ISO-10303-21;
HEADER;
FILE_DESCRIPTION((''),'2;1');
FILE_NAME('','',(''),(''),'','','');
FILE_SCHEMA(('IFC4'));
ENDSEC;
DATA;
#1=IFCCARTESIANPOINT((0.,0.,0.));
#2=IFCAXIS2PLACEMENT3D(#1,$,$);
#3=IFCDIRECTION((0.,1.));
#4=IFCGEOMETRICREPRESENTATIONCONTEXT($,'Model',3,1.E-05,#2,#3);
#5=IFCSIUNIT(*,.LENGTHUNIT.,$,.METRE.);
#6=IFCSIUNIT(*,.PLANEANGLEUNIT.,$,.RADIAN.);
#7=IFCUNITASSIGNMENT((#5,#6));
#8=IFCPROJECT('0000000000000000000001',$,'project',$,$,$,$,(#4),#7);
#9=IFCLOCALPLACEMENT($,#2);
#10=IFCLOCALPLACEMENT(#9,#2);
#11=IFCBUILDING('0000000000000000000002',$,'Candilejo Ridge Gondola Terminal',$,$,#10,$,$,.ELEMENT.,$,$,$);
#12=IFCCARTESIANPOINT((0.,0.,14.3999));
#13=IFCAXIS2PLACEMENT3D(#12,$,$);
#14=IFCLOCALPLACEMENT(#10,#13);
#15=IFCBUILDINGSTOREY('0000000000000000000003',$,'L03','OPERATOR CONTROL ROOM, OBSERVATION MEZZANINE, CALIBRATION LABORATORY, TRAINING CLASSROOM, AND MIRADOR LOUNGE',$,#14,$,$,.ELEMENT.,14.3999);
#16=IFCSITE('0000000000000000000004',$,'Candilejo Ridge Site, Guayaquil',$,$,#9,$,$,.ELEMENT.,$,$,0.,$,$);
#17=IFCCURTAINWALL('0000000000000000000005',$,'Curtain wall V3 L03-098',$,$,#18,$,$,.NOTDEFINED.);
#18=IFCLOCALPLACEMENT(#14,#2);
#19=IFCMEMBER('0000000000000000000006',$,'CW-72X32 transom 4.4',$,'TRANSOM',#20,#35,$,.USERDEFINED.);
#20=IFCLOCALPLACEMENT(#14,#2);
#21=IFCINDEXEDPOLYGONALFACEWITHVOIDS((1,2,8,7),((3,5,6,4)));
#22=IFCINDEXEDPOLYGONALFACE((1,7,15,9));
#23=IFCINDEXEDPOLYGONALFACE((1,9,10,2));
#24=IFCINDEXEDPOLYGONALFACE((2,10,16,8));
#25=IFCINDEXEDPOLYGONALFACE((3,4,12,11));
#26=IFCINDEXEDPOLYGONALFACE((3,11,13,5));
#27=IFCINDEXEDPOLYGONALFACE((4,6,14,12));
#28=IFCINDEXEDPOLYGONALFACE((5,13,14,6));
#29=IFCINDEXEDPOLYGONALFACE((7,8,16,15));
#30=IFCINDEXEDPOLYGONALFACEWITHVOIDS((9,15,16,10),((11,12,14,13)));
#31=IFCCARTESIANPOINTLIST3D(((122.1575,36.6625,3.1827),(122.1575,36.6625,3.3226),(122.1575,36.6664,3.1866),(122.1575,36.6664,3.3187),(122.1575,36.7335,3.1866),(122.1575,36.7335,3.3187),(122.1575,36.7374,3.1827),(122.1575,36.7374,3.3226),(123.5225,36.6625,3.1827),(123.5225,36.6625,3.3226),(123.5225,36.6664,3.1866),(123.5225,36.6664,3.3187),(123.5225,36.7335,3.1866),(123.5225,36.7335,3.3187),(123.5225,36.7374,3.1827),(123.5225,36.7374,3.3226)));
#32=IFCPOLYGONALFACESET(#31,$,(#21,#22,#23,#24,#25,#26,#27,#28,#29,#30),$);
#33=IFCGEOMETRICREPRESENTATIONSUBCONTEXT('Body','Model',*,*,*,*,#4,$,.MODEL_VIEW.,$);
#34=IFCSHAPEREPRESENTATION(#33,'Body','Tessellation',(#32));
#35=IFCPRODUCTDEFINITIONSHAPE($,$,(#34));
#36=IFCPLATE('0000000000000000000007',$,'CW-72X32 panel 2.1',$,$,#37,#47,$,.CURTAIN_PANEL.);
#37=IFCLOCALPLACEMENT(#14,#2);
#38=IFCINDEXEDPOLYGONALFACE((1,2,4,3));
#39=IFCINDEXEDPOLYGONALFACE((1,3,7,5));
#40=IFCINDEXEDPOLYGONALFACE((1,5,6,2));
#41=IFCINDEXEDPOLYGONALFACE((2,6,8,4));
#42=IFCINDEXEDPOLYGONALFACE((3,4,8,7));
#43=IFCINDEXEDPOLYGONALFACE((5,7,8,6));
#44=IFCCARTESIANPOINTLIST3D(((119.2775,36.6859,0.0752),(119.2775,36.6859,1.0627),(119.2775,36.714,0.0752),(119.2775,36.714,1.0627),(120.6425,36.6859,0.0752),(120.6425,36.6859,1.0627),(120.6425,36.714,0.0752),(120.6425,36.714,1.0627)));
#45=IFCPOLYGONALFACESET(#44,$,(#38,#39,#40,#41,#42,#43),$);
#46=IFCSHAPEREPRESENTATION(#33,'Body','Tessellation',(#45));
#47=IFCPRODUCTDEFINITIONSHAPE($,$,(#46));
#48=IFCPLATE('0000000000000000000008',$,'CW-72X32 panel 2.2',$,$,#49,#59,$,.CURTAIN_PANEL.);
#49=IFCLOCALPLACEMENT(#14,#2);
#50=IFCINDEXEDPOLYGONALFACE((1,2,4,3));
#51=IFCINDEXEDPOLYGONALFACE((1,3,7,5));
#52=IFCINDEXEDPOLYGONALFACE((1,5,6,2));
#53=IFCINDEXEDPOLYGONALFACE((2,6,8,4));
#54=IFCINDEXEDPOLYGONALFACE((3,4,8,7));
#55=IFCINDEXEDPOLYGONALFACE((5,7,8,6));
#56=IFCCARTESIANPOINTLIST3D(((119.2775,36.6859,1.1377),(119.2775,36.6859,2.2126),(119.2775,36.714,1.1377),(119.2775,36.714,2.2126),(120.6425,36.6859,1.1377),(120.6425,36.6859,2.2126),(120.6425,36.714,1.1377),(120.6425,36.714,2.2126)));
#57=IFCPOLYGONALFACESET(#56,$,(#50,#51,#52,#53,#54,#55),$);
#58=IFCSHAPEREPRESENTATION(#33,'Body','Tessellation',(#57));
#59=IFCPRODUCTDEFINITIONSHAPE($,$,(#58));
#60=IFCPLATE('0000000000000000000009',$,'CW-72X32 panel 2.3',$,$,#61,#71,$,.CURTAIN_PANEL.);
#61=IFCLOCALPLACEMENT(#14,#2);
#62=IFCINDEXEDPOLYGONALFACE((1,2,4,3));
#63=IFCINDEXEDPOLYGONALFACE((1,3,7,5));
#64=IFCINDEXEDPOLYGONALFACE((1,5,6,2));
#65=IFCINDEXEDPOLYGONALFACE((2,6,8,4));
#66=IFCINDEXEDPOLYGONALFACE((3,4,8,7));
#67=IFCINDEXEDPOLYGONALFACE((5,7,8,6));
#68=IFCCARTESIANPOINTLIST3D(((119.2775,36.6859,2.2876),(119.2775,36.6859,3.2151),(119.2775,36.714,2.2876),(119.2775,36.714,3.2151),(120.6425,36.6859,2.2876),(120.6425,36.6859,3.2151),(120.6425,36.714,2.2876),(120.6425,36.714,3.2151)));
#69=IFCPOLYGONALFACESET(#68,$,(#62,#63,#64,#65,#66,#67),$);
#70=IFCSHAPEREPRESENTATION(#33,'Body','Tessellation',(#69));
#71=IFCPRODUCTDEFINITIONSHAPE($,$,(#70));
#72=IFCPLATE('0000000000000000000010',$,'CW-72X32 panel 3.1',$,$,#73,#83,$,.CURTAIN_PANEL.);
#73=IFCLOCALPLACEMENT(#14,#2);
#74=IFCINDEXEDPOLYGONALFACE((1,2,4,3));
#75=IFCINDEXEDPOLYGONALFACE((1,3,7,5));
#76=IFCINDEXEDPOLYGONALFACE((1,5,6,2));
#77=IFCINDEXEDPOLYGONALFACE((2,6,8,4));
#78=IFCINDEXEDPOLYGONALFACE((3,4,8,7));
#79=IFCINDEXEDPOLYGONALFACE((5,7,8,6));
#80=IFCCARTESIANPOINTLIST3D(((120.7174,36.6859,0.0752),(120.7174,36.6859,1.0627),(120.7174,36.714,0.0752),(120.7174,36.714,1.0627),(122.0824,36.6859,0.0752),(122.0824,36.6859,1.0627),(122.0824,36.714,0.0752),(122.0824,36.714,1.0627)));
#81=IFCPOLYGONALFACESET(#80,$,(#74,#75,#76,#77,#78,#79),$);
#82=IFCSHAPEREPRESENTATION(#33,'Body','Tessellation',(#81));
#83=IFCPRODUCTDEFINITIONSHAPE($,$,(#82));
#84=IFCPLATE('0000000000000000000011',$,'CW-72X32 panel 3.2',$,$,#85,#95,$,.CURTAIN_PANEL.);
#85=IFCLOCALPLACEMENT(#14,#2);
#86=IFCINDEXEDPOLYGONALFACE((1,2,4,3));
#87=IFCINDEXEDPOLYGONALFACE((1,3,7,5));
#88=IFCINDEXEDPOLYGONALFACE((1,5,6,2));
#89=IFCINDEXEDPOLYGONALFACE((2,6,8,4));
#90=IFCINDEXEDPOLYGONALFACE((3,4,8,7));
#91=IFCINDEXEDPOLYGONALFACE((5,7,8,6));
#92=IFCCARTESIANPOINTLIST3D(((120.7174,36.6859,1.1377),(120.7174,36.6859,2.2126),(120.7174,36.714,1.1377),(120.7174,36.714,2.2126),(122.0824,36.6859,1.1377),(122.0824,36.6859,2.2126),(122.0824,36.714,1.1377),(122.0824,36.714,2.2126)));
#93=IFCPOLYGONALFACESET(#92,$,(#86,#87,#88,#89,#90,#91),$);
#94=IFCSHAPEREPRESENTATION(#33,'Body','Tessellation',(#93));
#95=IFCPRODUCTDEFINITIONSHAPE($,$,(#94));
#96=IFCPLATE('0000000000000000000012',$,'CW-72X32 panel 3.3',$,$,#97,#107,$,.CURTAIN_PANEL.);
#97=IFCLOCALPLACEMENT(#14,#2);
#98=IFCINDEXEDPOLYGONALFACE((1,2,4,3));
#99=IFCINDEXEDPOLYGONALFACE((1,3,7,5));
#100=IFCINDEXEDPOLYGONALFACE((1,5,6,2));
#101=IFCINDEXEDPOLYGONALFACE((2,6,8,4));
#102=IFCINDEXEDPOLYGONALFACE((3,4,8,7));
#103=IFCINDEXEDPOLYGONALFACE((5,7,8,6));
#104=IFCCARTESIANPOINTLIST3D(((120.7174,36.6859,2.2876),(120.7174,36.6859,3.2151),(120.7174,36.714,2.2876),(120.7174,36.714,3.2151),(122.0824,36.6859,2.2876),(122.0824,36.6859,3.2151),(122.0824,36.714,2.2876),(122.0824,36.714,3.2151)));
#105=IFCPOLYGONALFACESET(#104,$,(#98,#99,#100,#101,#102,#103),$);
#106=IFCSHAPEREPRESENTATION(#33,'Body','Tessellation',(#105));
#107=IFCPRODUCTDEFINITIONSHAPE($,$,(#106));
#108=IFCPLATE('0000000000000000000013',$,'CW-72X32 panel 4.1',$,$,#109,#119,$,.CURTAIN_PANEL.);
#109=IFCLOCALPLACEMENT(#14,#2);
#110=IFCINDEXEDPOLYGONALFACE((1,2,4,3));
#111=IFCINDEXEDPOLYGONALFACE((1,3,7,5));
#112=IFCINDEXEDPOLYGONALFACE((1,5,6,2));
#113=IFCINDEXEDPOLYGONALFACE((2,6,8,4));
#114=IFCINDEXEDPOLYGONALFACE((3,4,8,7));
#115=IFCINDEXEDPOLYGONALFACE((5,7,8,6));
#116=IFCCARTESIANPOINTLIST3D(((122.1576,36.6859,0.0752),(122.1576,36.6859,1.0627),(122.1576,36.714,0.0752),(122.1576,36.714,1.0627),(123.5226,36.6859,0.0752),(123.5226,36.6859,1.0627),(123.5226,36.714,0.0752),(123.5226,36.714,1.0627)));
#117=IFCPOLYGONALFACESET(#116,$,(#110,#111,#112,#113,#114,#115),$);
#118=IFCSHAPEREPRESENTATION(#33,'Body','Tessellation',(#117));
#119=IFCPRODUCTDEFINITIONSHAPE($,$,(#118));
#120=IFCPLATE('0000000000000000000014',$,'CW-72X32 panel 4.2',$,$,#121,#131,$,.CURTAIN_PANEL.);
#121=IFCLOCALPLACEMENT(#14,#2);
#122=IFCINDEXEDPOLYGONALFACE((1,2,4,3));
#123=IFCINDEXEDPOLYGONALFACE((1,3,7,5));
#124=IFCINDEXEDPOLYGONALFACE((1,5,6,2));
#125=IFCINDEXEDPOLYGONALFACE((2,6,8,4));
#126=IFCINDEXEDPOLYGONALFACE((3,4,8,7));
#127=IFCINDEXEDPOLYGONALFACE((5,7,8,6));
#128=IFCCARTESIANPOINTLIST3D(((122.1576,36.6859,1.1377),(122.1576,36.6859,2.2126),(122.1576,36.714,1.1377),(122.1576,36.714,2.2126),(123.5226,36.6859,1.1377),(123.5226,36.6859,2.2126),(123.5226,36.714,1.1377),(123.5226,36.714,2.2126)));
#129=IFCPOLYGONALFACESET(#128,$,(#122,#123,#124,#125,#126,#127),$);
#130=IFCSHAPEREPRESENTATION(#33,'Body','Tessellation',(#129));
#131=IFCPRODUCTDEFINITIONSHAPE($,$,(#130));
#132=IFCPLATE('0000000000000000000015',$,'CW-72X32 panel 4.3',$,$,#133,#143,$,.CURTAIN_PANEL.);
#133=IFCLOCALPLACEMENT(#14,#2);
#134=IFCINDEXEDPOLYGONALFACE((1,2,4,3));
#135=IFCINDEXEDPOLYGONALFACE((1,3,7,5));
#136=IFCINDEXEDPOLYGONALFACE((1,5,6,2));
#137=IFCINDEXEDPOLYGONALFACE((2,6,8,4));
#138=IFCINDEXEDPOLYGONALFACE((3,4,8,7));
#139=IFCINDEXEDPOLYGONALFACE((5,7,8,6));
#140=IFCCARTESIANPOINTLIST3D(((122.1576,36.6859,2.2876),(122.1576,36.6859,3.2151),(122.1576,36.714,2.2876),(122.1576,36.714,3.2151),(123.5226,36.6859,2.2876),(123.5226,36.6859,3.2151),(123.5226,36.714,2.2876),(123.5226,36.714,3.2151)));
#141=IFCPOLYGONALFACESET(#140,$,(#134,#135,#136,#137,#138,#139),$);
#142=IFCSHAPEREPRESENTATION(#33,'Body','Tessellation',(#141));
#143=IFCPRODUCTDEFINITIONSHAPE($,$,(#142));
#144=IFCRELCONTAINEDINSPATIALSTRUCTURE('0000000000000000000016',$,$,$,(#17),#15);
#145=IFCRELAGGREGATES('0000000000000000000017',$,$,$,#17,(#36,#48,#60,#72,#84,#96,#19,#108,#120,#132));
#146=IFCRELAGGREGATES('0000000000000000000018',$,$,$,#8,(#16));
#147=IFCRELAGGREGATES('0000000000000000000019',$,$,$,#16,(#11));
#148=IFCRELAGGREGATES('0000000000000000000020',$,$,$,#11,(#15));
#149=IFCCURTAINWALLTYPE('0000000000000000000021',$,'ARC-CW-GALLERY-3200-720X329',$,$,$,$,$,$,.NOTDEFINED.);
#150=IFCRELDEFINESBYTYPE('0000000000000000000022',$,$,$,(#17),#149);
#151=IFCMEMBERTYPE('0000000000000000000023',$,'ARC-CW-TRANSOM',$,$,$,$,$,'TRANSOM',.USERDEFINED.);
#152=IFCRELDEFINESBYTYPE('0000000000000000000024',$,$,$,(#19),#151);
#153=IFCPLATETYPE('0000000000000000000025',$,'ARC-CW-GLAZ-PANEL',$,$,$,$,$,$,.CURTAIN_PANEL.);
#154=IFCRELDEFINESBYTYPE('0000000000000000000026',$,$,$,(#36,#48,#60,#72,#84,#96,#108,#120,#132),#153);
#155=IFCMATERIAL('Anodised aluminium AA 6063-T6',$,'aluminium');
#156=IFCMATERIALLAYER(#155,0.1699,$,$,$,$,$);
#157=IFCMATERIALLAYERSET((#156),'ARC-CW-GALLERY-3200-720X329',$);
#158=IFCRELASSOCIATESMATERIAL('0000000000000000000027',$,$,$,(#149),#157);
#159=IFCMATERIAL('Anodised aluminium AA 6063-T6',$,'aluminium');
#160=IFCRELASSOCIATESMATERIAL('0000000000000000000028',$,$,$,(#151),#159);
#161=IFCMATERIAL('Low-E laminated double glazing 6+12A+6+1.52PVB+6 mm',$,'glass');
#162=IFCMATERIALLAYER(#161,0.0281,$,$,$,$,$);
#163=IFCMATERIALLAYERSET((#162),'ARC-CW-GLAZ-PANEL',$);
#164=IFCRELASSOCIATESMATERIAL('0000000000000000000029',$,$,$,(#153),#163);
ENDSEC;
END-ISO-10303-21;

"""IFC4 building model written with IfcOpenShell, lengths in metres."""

from ifc_helpers import new_model, si_unit, direction, frame, origin, origin_2d, place, context, subcontext, project, spatial, rectangle, hollow_rectangle, extrude, material, layer, layer_set, material_profile, profile_set, type_object, element, aggregate, save


model = new_model("IFC4")

# Units and contexts
model_context = context("Model", 3, precision=1e-05, world=origin(), true_north=direction((0.0, 1.0)))
body_context = subcontext(model_context, "Body", "Model", "MODEL_VIEW")
ifc_project = project(units=[si_unit("LENGTHUNIT", "METRE"), si_unit("PLANEANGLEUNIT", "RADIAN")], contexts=[model_context])

# Site, building, storey
site_placement = place(None, origin())
site = spatial("IfcSite", under=ifc_project, at=site_placement, Name="Candilejo Ridge Site, Guayaquil", CompositionType="ELEMENT", RefElevation=0.0)
building_placement = place(site_placement, origin())
building = spatial("IfcBuilding", under=site, at=building_placement, Name="Candilejo Ridge Gondola Terminal", CompositionType="ELEMENT")
storey_placement = place(building_placement, frame((0.0, 0.0, 14.3999)))
storey = spatial("IfcBuildingStorey", under=building, at=storey_placement, Name="L03", Description="OPERATOR CONTROL ROOM, OBSERVATION MEZZANINE, CALIBRATION LABORATORY, TRAINING CLASSROOM, AND MIRADOR LOUNGE", CompositionType="ELEMENT", Elevation=14.3999)

# Curtain wall, member, plates
ifc_material_1 = material(Name="Anodised aluminium AA 6063-T6", Category="aluminium")
ifc_layer_1 = layer(ifc_material_1, 0.1699)
ifc_layer_set_1 = layer_set([ifc_layer_1], Name="ARC-CW-GALLERY-3200-720X329")
curtain_wall_type = type_object("IfcCurtainWallType", Name="ARC-CW-GALLERY-3200-720X329", PredefinedType="NOTDEFINED", material=ifc_layer_set_1)
curtain_wall_placement = place(storey_placement, origin())
curtain_wall = element("IfcCurtainWall", 1, at=curtain_wall_placement, inside=storey, type_object=curtain_wall_type, Name="Curtain wall V3 L03-098", PredefinedType="NOTDEFINED")
ifc_material_2 = material(Name="Anodised aluminium AA 6063-T6", Category="aluminium")
ifc_material_profile_1 = material_profile(ifc_material_2, hollow_rectangle(XDim=0.075, YDim=0.1399, WallThickness=0.0039, at=origin_2d()))
ifc_profile_set_1 = profile_set([ifc_material_profile_1], Name="Anodised aluminium AA 6063-T6")
member_type_1 = type_object("IfcMemberType", Name="ARC-CW-TRANSOM", ElementType="TRANSOM", PredefinedType="USERDEFINED", material=ifc_profile_set_1)
member_1_placement = place(storey_placement, frame((122.1575, 36.7, 3.2527), z_axis=(1.0, 0.0, 0.0), x_axis=(0.0, 1.0, 0.0)))
member_1 = element("IfcMember", 2, at=member_1_placement, type_object=member_type_1, Name="CW-72X32 transom 4.4", ObjectType="TRANSOM", PredefinedType="USERDEFINED", context=body_context, shape_type="SweptSolid", body=[
    extrude(hollow_rectangle(XDim=0.075, YDim=0.1399, WallThickness=0.0039, at=origin_2d()), origin(), (0.0, 0.0, 1.0), 1.365),
])
ifc_material_3 = material(Name="Low-E laminated double glazing 6+12A+6+1.52PVB+6 mm", Category="glass")
ifc_layer_2 = layer(ifc_material_3, 0.0281)
ifc_layer_set_2 = layer_set([ifc_layer_2], Name="ARC-CW-GLAZ-PANEL")
plate_type = type_object("IfcPlateType", Name="ARC-CW-GLAZ-PANEL", PredefinedType="CURTAIN_PANEL", material=ifc_layer_set_2)
plate_1_placement = place(storey_placement, frame((119.96, 36.7, 0.0752), z_axis=(0.0, 0.0, 1.0), x_axis=(1.0, 0.0, 0.0)))
plate_1 = element("IfcPlate", 3, at=plate_1_placement, type_object=plate_type, Name="CW-72X32 panel 2.1", PredefinedType="CURTAIN_PANEL", context=body_context, shape_type="SweptSolid", body=[
    extrude(rectangle(XDim=1.365, YDim=0.0281, at=origin_2d()), origin(), (0.0, 0.0, 1.0), 0.9875),
])
plate_2_placement = place(storey_placement, frame((119.96, 36.7, 1.1377), z_axis=(0.0, 0.0, 1.0), x_axis=(1.0, 0.0, 0.0)))
plate_2 = element("IfcPlate", 4, at=plate_2_placement, type_object=plate_type, Name="CW-72X32 panel 2.2", PredefinedType="CURTAIN_PANEL", context=body_context, shape_type="SweptSolid", body=[
    extrude(rectangle(XDim=1.365, YDim=0.0281, at=origin_2d()), origin(), (0.0, 0.0, 1.0), 1.075),
])
plate_3_placement = place(storey_placement, frame((119.96, 36.7, 2.2876), z_axis=(0.0, 0.0, 1.0), x_axis=(1.0, 0.0, 0.0)))
plate_3 = element("IfcPlate", 5, at=plate_3_placement, type_object=plate_type, Name="CW-72X32 panel 2.3", PredefinedType="CURTAIN_PANEL", context=body_context, shape_type="SweptSolid", body=[
    extrude(rectangle(XDim=1.365, YDim=0.0281, at=origin_2d()), origin(), (0.0, 0.0, 1.0), 0.9275),
])
plate_4_placement = place(storey_placement, frame((121.3999, 36.7, 0.0752), z_axis=(0.0, 0.0, 1.0), x_axis=(1.0, 0.0, 0.0)))
plate_4 = element("IfcPlate", 6, at=plate_4_placement, type_object=plate_type, Name="CW-72X32 panel 3.1", PredefinedType="CURTAIN_PANEL", context=body_context, shape_type="SweptSolid", body=[
    extrude(rectangle(XDim=1.365, YDim=0.0281, at=origin_2d()), origin(), (0.0, 0.0, 1.0), 0.9875),
])
plate_5_placement = place(storey_placement, frame((121.3999, 36.7, 1.1377), z_axis=(0.0, 0.0, 1.0), x_axis=(1.0, 0.0, 0.0)))
plate_5 = element("IfcPlate", 7, at=plate_5_placement, type_object=plate_type, Name="CW-72X32 panel 3.2", PredefinedType="CURTAIN_PANEL", context=body_context, shape_type="SweptSolid", body=[
    extrude(rectangle(XDim=1.365, YDim=0.0281, at=origin_2d()), origin(), (0.0, 0.0, 1.0), 1.075),
])
plate_6_placement = place(storey_placement, frame((121.3999, 36.7, 2.2876), z_axis=(0.0, 0.0, 1.0), x_axis=(1.0, 0.0, 0.0)))
plate_6 = element("IfcPlate", 8, at=plate_6_placement, type_object=plate_type, Name="CW-72X32 panel 3.3", PredefinedType="CURTAIN_PANEL", context=body_context, shape_type="SweptSolid", body=[
    extrude(rectangle(XDim=1.365, YDim=0.0281, at=origin_2d()), origin(), (0.0, 0.0, 1.0), 0.9275),
])
plate_7_placement = place(storey_placement, frame((122.8401, 36.7, 0.0752), z_axis=(0.0, 0.0, 1.0), x_axis=(1.0, 0.0, 0.0)))
plate_7 = element("IfcPlate", 9, at=plate_7_placement, type_object=plate_type, Name="CW-72X32 panel 4.1", PredefinedType="CURTAIN_PANEL", context=body_context, shape_type="SweptSolid", body=[
    extrude(rectangle(XDim=1.365, YDim=0.0281, at=origin_2d()), origin(), (0.0, 0.0, 1.0), 0.9875),
])
plate_8_placement = place(storey_placement, frame((122.8401, 36.7, 1.1377), z_axis=(0.0, 0.0, 1.0), x_axis=(1.0, 0.0, 0.0)))
plate_8 = element("IfcPlate", 10, at=plate_8_placement, type_object=plate_type, Name="CW-72X32 panel 4.2", PredefinedType="CURTAIN_PANEL", context=body_context, shape_type="SweptSolid", body=[
    extrude(rectangle(XDim=1.365, YDim=0.0281, at=origin_2d()), origin(), (0.0, 0.0, 1.0), 1.075),
])
plate_9_placement = place(storey_placement, frame((122.8401, 36.7, 2.2876), z_axis=(0.0, 0.0, 1.0), x_axis=(1.0, 0.0, 0.0)))
plate_9 = element("IfcPlate", 11, at=plate_9_placement, type_object=plate_type, Name="CW-72X32 panel 4.3", PredefinedType="CURTAIN_PANEL", context=body_context, shape_type="SweptSolid", body=[
    extrude(rectangle(XDim=1.365, YDim=0.0281, at=origin_2d()), origin(), (0.0, 0.0, 1.0), 0.9275),
])
aggregate(curtain_wall, [plate_1, plate_2, plate_3, plate_4, plate_5, plate_6, member_1, plate_7, plate_8, plate_9])

save(model, "model.ifc")
